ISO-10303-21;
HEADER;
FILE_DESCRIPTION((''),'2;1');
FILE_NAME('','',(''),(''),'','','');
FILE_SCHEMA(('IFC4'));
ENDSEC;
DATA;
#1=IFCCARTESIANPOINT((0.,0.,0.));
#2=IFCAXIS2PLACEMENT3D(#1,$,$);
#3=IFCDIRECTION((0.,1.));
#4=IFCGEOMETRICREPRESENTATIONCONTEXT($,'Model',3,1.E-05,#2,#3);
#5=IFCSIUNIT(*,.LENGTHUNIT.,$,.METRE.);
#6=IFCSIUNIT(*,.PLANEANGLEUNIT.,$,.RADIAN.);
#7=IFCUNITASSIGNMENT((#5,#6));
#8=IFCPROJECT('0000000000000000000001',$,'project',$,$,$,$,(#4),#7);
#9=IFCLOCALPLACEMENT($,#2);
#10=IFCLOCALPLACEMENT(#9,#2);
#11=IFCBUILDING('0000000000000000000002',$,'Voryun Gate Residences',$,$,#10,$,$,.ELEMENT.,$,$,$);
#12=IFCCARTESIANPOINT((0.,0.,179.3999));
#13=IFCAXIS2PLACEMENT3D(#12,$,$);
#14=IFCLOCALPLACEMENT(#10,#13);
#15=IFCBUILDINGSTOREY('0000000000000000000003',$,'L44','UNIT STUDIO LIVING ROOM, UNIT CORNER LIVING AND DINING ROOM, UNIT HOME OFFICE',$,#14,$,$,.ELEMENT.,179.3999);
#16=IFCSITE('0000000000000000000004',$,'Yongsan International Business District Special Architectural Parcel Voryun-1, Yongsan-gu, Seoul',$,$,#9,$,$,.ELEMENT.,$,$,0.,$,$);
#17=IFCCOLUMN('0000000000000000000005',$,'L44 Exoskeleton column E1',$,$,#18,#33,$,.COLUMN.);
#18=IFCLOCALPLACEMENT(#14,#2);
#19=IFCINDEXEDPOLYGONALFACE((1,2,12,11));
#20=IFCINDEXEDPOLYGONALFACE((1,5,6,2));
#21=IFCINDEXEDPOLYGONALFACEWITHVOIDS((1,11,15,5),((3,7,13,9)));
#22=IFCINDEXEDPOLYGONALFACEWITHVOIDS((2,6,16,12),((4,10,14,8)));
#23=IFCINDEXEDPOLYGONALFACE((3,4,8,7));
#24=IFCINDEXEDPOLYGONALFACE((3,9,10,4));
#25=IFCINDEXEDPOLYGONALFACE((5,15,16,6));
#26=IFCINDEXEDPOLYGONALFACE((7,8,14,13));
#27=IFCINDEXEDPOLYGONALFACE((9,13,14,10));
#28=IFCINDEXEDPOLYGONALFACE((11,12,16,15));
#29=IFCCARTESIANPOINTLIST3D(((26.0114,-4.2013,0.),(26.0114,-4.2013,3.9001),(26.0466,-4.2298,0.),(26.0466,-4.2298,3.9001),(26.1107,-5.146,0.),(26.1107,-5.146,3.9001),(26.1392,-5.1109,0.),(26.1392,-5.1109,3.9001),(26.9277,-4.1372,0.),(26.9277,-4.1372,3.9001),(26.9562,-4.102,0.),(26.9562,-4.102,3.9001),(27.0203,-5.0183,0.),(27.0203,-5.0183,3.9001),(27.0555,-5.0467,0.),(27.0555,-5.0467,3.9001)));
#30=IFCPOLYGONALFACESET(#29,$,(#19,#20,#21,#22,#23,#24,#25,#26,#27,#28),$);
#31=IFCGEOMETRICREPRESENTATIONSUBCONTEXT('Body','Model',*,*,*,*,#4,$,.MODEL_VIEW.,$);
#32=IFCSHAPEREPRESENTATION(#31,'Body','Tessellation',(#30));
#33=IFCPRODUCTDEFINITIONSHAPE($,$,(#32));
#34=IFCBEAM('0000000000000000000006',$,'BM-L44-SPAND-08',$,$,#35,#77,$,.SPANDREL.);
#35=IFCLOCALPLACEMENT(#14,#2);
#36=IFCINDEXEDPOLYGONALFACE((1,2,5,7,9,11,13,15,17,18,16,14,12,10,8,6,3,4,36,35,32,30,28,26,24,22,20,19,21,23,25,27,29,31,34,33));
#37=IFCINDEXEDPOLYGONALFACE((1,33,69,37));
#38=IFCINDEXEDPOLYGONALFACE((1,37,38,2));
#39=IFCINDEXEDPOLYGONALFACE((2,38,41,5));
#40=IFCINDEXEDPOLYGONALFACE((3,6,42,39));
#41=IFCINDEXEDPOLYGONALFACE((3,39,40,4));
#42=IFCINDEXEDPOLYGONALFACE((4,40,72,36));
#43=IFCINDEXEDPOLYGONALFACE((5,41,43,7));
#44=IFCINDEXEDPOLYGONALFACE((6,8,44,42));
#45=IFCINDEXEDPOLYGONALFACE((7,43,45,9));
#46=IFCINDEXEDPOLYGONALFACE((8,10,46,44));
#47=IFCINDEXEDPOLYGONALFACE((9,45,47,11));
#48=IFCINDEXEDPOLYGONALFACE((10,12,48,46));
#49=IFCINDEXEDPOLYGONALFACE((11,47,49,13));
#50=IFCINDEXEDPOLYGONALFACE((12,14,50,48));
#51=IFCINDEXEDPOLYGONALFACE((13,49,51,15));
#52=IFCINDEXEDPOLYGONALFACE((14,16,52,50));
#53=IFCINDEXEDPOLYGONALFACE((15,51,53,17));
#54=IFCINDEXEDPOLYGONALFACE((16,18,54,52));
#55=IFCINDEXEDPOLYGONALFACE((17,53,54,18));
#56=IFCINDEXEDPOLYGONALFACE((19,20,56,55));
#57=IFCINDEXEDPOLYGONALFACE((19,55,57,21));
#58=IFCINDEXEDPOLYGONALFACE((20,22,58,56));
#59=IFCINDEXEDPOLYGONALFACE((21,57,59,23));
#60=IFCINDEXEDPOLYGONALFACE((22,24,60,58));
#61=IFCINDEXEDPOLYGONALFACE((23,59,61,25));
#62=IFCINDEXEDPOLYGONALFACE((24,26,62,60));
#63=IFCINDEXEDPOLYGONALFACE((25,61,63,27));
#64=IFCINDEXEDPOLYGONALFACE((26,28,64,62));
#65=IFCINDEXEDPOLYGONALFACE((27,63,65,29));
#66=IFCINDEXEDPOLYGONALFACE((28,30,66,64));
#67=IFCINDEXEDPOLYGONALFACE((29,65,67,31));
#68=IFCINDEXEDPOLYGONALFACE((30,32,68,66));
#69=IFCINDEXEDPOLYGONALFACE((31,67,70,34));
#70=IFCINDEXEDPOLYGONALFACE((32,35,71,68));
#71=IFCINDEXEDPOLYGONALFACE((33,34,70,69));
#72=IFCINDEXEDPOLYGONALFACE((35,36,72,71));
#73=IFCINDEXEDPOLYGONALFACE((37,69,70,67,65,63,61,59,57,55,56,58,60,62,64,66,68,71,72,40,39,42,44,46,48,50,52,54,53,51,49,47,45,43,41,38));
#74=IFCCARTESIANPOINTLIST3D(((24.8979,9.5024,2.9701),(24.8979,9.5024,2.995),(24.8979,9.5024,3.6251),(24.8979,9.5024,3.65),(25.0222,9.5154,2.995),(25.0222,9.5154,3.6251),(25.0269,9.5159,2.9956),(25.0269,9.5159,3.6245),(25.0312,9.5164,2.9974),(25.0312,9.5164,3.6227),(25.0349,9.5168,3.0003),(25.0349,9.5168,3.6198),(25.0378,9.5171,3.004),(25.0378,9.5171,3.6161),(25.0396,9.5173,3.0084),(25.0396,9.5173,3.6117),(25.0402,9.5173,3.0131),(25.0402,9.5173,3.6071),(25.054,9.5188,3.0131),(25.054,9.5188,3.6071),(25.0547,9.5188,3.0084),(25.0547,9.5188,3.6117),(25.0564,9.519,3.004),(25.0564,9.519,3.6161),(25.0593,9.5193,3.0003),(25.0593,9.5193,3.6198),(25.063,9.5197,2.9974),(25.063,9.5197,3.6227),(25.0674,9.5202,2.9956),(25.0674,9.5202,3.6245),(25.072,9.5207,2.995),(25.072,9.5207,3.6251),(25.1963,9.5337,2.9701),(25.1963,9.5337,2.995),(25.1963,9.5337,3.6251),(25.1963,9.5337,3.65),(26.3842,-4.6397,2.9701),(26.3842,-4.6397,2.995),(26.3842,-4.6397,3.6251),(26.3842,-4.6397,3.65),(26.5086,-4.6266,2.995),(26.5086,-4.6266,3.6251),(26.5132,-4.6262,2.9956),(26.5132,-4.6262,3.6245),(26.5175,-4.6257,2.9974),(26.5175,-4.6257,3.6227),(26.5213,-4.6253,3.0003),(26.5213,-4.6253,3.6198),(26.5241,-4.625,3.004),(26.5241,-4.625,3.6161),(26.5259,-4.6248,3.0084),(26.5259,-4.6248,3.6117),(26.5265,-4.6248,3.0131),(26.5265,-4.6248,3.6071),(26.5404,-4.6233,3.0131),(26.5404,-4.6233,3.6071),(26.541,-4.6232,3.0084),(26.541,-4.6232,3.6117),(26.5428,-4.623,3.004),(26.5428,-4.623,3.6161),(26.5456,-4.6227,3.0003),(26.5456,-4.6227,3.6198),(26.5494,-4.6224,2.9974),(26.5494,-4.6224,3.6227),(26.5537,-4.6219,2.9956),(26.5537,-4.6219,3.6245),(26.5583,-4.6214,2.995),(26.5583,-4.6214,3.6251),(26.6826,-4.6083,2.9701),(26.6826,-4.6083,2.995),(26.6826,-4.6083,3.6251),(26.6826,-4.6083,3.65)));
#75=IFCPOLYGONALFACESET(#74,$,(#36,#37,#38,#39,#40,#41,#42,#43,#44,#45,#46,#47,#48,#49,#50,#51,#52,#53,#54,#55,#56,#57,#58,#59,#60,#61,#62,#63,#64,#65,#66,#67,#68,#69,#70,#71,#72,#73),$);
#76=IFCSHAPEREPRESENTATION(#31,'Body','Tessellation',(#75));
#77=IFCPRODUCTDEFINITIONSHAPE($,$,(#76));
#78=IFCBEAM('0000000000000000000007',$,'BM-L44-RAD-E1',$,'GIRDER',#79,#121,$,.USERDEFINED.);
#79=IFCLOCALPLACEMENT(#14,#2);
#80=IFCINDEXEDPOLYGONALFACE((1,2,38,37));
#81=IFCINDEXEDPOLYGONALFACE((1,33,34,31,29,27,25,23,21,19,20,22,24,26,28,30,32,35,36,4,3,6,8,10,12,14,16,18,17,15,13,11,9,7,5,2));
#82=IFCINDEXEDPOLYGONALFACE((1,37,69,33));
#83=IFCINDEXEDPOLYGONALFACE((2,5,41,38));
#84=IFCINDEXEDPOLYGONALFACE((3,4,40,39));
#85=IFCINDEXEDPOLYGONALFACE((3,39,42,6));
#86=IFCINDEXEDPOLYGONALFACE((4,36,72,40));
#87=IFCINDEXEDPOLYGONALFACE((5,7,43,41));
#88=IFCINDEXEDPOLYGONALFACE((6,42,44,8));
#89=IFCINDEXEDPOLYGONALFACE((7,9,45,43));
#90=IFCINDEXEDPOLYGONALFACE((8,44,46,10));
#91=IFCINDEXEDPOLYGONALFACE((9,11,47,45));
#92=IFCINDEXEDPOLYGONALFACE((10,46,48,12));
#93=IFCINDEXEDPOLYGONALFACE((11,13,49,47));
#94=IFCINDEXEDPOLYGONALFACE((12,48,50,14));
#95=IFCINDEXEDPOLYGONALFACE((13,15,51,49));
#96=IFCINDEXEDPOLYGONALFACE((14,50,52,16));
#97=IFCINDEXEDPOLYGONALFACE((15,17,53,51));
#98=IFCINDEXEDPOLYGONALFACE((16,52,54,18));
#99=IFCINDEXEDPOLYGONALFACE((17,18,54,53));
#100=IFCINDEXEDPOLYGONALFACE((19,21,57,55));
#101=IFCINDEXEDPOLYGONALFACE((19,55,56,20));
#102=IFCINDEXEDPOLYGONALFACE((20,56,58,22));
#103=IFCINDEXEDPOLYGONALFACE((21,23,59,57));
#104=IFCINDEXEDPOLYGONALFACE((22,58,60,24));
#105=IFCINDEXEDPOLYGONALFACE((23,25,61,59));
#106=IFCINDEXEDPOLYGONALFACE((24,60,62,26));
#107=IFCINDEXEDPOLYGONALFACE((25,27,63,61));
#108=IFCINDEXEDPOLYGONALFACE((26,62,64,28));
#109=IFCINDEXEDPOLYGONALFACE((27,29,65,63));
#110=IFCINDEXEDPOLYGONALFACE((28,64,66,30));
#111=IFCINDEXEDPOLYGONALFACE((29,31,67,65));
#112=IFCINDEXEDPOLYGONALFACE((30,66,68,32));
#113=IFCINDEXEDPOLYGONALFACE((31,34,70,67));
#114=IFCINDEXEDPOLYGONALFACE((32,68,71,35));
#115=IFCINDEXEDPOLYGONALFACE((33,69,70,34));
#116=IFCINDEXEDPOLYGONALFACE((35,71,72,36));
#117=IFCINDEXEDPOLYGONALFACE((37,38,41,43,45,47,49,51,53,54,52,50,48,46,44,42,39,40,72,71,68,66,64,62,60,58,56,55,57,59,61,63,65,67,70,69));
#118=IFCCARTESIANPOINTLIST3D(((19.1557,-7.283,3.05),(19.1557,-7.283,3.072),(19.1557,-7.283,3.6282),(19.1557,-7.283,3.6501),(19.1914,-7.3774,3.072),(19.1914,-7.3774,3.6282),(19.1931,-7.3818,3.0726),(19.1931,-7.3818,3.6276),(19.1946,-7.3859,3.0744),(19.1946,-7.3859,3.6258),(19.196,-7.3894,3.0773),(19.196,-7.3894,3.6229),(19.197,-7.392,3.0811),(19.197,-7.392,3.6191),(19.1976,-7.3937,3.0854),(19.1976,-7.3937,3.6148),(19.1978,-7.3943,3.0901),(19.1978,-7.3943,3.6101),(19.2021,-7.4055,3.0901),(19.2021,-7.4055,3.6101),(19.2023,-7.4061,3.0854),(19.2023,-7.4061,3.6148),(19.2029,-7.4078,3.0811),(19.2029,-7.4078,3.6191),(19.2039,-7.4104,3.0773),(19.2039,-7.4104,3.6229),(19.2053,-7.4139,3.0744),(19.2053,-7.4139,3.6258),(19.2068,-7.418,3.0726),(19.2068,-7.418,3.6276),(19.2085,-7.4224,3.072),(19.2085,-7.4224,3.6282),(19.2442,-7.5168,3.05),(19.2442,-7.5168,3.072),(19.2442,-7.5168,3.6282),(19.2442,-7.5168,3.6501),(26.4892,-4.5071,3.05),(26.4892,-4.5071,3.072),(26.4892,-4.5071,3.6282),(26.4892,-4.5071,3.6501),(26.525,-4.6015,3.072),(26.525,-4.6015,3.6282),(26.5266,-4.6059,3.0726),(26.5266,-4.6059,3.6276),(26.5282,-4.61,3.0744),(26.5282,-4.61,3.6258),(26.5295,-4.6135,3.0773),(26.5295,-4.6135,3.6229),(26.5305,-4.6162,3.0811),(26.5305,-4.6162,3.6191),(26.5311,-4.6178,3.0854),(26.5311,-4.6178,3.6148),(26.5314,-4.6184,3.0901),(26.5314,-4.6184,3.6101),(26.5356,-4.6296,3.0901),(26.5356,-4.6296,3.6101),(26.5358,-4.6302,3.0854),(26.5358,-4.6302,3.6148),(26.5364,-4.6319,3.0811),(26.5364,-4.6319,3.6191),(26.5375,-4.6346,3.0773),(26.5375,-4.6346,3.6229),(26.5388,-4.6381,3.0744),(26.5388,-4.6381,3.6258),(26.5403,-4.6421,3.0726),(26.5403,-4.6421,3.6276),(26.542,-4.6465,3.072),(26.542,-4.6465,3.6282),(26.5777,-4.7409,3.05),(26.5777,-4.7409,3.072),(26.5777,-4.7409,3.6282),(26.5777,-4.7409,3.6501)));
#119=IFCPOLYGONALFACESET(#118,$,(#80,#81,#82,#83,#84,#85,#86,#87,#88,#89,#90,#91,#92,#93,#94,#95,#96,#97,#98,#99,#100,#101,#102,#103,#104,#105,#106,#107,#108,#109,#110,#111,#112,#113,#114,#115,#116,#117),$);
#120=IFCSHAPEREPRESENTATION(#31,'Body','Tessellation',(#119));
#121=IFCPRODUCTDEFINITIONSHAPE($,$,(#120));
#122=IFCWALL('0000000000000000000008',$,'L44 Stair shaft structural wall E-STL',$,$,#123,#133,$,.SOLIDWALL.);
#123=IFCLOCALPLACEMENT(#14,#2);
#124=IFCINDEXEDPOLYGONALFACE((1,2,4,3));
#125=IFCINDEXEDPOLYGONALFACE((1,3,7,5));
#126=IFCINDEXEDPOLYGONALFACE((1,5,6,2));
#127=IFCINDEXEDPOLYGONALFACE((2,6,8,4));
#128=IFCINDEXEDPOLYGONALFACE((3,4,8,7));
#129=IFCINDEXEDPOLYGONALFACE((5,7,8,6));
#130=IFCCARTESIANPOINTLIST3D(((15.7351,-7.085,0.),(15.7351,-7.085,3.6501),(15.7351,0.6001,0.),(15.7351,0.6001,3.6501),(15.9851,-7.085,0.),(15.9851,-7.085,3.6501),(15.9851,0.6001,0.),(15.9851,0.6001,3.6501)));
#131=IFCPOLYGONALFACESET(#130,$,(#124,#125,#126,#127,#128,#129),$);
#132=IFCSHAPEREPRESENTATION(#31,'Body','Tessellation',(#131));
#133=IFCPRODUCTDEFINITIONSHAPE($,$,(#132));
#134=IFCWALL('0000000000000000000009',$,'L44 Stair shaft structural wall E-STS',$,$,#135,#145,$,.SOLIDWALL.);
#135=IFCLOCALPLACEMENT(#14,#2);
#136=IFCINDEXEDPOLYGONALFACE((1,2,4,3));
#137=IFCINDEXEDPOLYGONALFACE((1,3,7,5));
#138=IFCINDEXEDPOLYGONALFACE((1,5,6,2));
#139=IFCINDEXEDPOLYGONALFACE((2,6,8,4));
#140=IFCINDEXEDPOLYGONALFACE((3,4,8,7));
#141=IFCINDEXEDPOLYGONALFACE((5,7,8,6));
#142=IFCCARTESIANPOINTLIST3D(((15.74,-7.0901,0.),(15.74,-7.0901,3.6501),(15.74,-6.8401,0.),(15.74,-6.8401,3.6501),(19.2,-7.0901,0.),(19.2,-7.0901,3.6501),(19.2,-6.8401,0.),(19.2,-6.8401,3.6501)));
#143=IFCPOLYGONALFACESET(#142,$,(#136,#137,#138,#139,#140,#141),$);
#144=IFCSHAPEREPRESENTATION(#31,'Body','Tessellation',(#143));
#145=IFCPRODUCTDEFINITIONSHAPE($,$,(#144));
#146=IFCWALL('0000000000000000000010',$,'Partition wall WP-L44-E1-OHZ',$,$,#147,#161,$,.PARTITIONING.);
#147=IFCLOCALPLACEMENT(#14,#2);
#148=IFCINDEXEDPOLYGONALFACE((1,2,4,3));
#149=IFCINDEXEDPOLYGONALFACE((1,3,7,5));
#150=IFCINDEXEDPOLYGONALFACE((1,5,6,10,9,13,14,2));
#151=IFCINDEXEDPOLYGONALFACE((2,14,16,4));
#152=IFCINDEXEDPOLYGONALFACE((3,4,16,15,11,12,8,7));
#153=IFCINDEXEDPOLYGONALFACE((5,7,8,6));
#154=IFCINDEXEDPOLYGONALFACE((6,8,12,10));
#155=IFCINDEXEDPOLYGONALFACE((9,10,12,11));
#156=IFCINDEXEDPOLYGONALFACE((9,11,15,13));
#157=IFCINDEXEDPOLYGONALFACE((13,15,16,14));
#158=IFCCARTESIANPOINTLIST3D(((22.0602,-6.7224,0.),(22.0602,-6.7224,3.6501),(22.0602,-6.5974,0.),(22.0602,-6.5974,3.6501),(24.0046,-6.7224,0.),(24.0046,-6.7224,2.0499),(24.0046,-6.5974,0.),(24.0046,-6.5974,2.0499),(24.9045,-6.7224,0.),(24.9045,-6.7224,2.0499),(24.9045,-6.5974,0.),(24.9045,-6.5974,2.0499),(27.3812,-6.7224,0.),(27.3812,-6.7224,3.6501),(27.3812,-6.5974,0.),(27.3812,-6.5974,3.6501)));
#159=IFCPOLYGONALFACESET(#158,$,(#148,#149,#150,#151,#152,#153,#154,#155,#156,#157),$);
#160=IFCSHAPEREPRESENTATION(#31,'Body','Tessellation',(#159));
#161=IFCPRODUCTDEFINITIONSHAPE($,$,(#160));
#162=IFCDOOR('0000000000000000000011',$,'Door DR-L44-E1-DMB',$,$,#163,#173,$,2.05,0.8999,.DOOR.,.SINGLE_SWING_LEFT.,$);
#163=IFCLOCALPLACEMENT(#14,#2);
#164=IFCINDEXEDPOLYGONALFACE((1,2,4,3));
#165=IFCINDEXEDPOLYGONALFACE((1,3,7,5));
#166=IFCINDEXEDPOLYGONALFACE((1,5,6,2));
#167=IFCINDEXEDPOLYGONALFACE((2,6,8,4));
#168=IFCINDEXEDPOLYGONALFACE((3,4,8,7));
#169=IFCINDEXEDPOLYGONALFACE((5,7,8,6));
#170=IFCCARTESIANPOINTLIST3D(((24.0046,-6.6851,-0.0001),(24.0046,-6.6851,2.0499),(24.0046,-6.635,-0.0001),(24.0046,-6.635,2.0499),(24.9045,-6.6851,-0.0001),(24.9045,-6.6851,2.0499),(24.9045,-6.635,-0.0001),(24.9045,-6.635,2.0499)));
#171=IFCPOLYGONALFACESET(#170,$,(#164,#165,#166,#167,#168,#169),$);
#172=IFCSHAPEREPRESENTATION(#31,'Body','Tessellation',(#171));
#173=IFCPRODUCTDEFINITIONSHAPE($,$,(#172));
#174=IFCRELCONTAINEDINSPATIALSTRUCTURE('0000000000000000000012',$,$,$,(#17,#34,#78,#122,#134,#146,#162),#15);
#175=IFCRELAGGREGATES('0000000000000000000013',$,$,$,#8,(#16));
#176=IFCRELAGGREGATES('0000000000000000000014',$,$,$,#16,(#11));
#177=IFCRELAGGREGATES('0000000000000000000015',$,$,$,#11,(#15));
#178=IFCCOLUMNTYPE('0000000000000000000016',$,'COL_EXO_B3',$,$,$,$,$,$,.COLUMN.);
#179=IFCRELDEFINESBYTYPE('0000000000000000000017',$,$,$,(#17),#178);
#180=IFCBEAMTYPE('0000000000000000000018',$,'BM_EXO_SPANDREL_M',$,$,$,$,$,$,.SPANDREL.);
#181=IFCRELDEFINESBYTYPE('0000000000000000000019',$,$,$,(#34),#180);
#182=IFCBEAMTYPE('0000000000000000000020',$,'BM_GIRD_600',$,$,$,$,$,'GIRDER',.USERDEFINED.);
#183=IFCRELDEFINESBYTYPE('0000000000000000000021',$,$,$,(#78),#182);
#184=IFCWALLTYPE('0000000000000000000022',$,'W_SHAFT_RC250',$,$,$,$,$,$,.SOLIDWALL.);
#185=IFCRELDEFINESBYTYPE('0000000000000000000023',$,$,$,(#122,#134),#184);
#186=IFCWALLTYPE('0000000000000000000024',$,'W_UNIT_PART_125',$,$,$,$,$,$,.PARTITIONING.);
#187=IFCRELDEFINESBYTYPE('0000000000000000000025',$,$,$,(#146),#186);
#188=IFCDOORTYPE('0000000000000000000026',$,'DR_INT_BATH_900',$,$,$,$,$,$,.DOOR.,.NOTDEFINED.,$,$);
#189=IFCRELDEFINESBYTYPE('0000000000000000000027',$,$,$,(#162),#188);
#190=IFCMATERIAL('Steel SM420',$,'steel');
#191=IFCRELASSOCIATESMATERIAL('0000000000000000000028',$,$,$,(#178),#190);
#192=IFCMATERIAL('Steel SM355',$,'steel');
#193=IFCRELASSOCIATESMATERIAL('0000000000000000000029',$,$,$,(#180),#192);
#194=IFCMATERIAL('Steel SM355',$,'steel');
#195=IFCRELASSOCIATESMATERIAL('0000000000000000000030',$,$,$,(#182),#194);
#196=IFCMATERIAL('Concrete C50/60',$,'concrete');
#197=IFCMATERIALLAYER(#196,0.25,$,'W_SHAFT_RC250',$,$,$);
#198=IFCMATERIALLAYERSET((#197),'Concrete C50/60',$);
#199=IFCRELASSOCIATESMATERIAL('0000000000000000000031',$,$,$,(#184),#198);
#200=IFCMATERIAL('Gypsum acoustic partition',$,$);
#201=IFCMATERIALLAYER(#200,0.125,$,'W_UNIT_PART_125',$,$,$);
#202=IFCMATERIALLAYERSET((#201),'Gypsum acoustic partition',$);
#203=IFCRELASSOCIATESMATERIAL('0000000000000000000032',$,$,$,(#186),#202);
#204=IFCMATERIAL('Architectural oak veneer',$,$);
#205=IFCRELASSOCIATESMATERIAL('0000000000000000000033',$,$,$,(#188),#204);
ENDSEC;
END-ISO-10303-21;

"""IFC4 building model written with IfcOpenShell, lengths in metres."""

from ifc_helpers import new_model, si_unit, direction, frame, frame_2d, origin, origin_2d, place, context, subcontext, project, spatial, rectangle, hollow_rectangle, i_section, extrude, material, layer, layer_set, material_profile, profile_set, type_object, element, fill, save


model = new_model("IFC4")

# Units and contexts
model_context = context("Model", 3, precision=1e-05, world=origin(), true_north=direction((0.0, 1.0)))
body_context = subcontext(model_context, "Body", "Model", "MODEL_VIEW")
ifc_project = project(units=[si_unit("LENGTHUNIT", "METRE"), si_unit("PLANEANGLEUNIT", "RADIAN")], contexts=[model_context])

# Site, building, storey
site_placement = place(None, origin())
site = spatial("IfcSite", under=ifc_project, at=site_placement, Name="Yongsan International Business District Special Architectural Parcel Voryun-1, Yongsan-gu, Seoul", CompositionType="ELEMENT", RefElevation=0.0)
building_placement = place(site_placement, origin())
building = spatial("IfcBuilding", under=site, at=building_placement, Name="Voryun Gate Residences", CompositionType="ELEMENT")
storey_placement = place(building_placement, frame((0.0, 0.0, 179.3999)))
storey = spatial("IfcBuildingStorey", under=building, at=storey_placement, Name="L44", Description="UNIT STUDIO LIVING ROOM, UNIT CORNER LIVING AND DINING ROOM, UNIT HOME OFFICE", CompositionType="ELEMENT", Elevation=179.3999)

# Column
ifc_material_1 = material(Name="Steel SM420", Category="steel")
ifc_material_profile_1 = material_profile(ifc_material_1, hollow_rectangle(XDim=0.95, YDim=0.95, WallThickness=0.032, at=origin_2d()), Name="BOX-950x950x32")
ifc_profile_set_1 = profile_set([ifc_material_profile_1], Name="Steel SM420")
column_type = type_object("IfcColumnType", Name="COL_EXO_B3", PredefinedType="COLUMN", material=ifc_profile_set_1)
column_placement = place(storey_placement, frame((26.5334, -4.624, 0.0), z_axis=(0.0, 0.0, 1.0), x_axis=(0.994522, 0.104528, 0.0)))
element("IfcColumn", 1, at=column_placement, inside=storey, type_object=column_type, Name="L44 Exoskeleton column E1", PredefinedType="COLUMN", context=body_context, shape_type="SweptSolid", body=[
    extrude(hollow_rectangle(XDim=0.95, YDim=0.95, WallThickness=0.032, at=origin_2d()), origin(), (0.0, 0.0, 1.0), 3.9001),
])

# Beams
ifc_material_2 = material(Name="Steel SM355", Category="steel")
ifc_material_profile_2 = material_profile(ifc_material_2, i_section(OverallWidth=0.3, OverallDepth=0.6799, WebThickness=0.0139, FlangeThickness=0.0249, FilletRadius=0.0181, at=origin_2d()), Name="H-680x300x14x25")
ifc_profile_set_2 = profile_set([ifc_material_profile_2], Name="Steel SM355")
beam_type_1 = type_object("IfcBeamType", Name="BM_EXO_SPANDREL_M", PredefinedType="SPANDREL", material=ifc_profile_set_2)
beam_1_placement = place(storey_placement, frame((26.5334, -4.624, 3.3101), z_axis=(-0.104524, 0.994522, 0.0), x_axis=(-0.994522, -0.104524, 0.0)))
element("IfcBeam", 2, at=beam_1_placement, inside=storey, type_object=beam_type_1, Name="BM-L44-SPAND-08", PredefinedType="SPANDREL", context=body_context, shape_type="SweptSolid", body=[
    extrude(i_section(OverallWidth=0.3, OverallDepth=0.6799, WebThickness=0.0139, FlangeThickness=0.0249, FilletRadius=0.0181, at=origin_2d()), origin(), (0.0, 0.0, 1.0), 14.22),
])
ifc_material_3 = material(Name="Steel SM355", Category="steel")
ifc_material_profile_3 = material_profile(ifc_material_3, i_section(OverallWidth=0.25, OverallDepth=0.6001, WebThickness=0.012, FlangeThickness=0.022, FilletRadius=0.0181, at=origin_2d()), Name="H-600x250x12x22")
ifc_profile_set_3 = profile_set([ifc_material_profile_3], Name="Steel SM355")
beam_type_2 = type_object("IfcBeamType", Name="BM_GIRD_600", ElementType="GIRDER", PredefinedType="USERDEFINED", material=ifc_profile_set_3)
beam_2_placement = place(storey_placement, frame((19.2, -7.3999, 3.3501), z_axis=(0.935242, 0.354008, 0.0), x_axis=(-0.354008, 0.935242, 0.0)))
element("IfcBeam", 3, at=beam_2_placement, inside=storey, type_object=beam_type_2, Name="BM-L44-RAD-E1", ObjectType="GIRDER", PredefinedType="USERDEFINED", context=body_context, shape_type="SweptSolid", body=[
    extrude(i_section(OverallWidth=0.25, OverallDepth=0.6001, WebThickness=0.012, FlangeThickness=0.022, FilletRadius=0.0181, at=origin_2d()), origin(), (0.0, 0.0, 1.0), 7.8413),
])

# Walls
ifc_material_4 = material(Name="Concrete C50/60", Category="concrete")
ifc_layer_1 = layer(ifc_material_4, 0.25, Name="W_SHAFT_RC250")
ifc_layer_set_1 = layer_set([ifc_layer_1], Name="Concrete C50/60")
wall_type_1 = type_object("IfcWallType", Name="W_SHAFT_RC250", PredefinedType="SOLIDWALL", material=ifc_layer_set_1)
wall_1_placement = place(storey_placement, frame((15.8601, -7.085, 0.0), z_axis=(0.0, 0.0, 1.0), x_axis=(0.0, 1.0, 0.0)))
element("IfcWall", 4, at=wall_1_placement, inside=storey, type_object=wall_type_1, Name="L44 Stair shaft structural wall E-STL", PredefinedType="SOLIDWALL", context=body_context, shape_type="SweptSolid", body=[
    extrude(rectangle(XDim=7.6851, YDim=0.25, at=frame_2d((3.8425, 0.0))), origin(), (0.0, 0.0, 1.0), 3.6501),
])
wall_2_placement = place(storey_placement, frame((15.74, -6.9651, 0.0), z_axis=(0.0, 0.0, 1.0), x_axis=(1.0, 0.0, 0.0)))
element("IfcWall", 5, at=wall_2_placement, inside=storey, type_object=wall_type_1, Name="L44 Stair shaft structural wall E-STS", PredefinedType="SOLIDWALL", context=body_context, shape_type="SweptSolid", body=[
    extrude(rectangle(XDim=3.46, YDim=0.25, at=frame_2d((1.73, 0.0))), origin(), (0.0, 0.0, 1.0), 3.6501),
])

# Wall, opening, door
ifc_material_5 = material(Name="Gypsum acoustic partition")
ifc_layer_2 = layer(ifc_material_5, 0.125, Name="W_UNIT_PART_125")
ifc_layer_set_2 = layer_set([ifc_layer_2], Name="Gypsum acoustic partition")
wall_type_2 = type_object("IfcWallType", Name="W_UNIT_PART_125", PredefinedType="PARTITIONING", material=ifc_layer_set_2)
wall_3_placement = place(storey_placement, frame((22.0601, -6.6599, 0.0), z_axis=(0.0, 0.0, 1.0), x_axis=(1.0, 0.0, 0.0)))
wall_3 = element("IfcWall", 6, at=wall_3_placement, inside=storey, type_object=wall_type_2, Name="Partition wall WP-L44-E1-OHZ", PredefinedType="PARTITIONING", context=body_context, shape_type="SweptSolid", body=[
    extrude(rectangle(XDim=5.321, YDim=0.125, at=frame_2d((2.6606, 0.0))), origin(), (0.0, 0.0, 1.0), 3.6501),
])
opening_1_placement = place(wall_3_placement, frame((1.9446, 0.0, 0.0)))
opening_1 = element("IfcOpeningElement", 7, at=opening_1_placement, cuts=wall_3, PredefinedType="OPENING", context=body_context, shape_type="SweptSolid", body=[
    extrude(rectangle(XDim=0.8999, YDim=2.05, at=frame_2d((0.45, 1.0249))), frame((0.0, 0.0725, 0.0), z_axis=(0.0, -1.0, 0.0), x_axis=(1.0, 0.0, 0.0)), (0.0, 0.0, 1.0), 0.145),
])
ifc_material_6 = material(Name="Architectural oak veneer")
door_type = type_object("IfcDoorType", Name="DR_INT_BATH_900", OperationType="NOTDEFINED", PredefinedType="DOOR", material=ifc_material_6)
door_1_placement = place(opening_1_placement, origin())
door_1 = element("IfcDoor", 8, at=door_1_placement, inside=storey, type_object=door_type, Name="Door DR-L44-E1-DMB", OperationType="SINGLE_SWING_LEFT", OverallHeight=2.05, OverallWidth=0.8999, PredefinedType="DOOR", context=body_context, shape_type="SweptSolid", body=[
    extrude(rectangle(XDim=0.8999, YDim=2.05, at=frame_2d((0.45, 1.0249))), frame((0.0, 0.0249, 0.0), z_axis=(0.0, -1.0, 0.0), x_axis=(1.0, 0.0, 0.0)), (0.0, 0.0, 1.0), 0.05),
])
fill(opening_1, door_1)

save(model, "model.ifc")
